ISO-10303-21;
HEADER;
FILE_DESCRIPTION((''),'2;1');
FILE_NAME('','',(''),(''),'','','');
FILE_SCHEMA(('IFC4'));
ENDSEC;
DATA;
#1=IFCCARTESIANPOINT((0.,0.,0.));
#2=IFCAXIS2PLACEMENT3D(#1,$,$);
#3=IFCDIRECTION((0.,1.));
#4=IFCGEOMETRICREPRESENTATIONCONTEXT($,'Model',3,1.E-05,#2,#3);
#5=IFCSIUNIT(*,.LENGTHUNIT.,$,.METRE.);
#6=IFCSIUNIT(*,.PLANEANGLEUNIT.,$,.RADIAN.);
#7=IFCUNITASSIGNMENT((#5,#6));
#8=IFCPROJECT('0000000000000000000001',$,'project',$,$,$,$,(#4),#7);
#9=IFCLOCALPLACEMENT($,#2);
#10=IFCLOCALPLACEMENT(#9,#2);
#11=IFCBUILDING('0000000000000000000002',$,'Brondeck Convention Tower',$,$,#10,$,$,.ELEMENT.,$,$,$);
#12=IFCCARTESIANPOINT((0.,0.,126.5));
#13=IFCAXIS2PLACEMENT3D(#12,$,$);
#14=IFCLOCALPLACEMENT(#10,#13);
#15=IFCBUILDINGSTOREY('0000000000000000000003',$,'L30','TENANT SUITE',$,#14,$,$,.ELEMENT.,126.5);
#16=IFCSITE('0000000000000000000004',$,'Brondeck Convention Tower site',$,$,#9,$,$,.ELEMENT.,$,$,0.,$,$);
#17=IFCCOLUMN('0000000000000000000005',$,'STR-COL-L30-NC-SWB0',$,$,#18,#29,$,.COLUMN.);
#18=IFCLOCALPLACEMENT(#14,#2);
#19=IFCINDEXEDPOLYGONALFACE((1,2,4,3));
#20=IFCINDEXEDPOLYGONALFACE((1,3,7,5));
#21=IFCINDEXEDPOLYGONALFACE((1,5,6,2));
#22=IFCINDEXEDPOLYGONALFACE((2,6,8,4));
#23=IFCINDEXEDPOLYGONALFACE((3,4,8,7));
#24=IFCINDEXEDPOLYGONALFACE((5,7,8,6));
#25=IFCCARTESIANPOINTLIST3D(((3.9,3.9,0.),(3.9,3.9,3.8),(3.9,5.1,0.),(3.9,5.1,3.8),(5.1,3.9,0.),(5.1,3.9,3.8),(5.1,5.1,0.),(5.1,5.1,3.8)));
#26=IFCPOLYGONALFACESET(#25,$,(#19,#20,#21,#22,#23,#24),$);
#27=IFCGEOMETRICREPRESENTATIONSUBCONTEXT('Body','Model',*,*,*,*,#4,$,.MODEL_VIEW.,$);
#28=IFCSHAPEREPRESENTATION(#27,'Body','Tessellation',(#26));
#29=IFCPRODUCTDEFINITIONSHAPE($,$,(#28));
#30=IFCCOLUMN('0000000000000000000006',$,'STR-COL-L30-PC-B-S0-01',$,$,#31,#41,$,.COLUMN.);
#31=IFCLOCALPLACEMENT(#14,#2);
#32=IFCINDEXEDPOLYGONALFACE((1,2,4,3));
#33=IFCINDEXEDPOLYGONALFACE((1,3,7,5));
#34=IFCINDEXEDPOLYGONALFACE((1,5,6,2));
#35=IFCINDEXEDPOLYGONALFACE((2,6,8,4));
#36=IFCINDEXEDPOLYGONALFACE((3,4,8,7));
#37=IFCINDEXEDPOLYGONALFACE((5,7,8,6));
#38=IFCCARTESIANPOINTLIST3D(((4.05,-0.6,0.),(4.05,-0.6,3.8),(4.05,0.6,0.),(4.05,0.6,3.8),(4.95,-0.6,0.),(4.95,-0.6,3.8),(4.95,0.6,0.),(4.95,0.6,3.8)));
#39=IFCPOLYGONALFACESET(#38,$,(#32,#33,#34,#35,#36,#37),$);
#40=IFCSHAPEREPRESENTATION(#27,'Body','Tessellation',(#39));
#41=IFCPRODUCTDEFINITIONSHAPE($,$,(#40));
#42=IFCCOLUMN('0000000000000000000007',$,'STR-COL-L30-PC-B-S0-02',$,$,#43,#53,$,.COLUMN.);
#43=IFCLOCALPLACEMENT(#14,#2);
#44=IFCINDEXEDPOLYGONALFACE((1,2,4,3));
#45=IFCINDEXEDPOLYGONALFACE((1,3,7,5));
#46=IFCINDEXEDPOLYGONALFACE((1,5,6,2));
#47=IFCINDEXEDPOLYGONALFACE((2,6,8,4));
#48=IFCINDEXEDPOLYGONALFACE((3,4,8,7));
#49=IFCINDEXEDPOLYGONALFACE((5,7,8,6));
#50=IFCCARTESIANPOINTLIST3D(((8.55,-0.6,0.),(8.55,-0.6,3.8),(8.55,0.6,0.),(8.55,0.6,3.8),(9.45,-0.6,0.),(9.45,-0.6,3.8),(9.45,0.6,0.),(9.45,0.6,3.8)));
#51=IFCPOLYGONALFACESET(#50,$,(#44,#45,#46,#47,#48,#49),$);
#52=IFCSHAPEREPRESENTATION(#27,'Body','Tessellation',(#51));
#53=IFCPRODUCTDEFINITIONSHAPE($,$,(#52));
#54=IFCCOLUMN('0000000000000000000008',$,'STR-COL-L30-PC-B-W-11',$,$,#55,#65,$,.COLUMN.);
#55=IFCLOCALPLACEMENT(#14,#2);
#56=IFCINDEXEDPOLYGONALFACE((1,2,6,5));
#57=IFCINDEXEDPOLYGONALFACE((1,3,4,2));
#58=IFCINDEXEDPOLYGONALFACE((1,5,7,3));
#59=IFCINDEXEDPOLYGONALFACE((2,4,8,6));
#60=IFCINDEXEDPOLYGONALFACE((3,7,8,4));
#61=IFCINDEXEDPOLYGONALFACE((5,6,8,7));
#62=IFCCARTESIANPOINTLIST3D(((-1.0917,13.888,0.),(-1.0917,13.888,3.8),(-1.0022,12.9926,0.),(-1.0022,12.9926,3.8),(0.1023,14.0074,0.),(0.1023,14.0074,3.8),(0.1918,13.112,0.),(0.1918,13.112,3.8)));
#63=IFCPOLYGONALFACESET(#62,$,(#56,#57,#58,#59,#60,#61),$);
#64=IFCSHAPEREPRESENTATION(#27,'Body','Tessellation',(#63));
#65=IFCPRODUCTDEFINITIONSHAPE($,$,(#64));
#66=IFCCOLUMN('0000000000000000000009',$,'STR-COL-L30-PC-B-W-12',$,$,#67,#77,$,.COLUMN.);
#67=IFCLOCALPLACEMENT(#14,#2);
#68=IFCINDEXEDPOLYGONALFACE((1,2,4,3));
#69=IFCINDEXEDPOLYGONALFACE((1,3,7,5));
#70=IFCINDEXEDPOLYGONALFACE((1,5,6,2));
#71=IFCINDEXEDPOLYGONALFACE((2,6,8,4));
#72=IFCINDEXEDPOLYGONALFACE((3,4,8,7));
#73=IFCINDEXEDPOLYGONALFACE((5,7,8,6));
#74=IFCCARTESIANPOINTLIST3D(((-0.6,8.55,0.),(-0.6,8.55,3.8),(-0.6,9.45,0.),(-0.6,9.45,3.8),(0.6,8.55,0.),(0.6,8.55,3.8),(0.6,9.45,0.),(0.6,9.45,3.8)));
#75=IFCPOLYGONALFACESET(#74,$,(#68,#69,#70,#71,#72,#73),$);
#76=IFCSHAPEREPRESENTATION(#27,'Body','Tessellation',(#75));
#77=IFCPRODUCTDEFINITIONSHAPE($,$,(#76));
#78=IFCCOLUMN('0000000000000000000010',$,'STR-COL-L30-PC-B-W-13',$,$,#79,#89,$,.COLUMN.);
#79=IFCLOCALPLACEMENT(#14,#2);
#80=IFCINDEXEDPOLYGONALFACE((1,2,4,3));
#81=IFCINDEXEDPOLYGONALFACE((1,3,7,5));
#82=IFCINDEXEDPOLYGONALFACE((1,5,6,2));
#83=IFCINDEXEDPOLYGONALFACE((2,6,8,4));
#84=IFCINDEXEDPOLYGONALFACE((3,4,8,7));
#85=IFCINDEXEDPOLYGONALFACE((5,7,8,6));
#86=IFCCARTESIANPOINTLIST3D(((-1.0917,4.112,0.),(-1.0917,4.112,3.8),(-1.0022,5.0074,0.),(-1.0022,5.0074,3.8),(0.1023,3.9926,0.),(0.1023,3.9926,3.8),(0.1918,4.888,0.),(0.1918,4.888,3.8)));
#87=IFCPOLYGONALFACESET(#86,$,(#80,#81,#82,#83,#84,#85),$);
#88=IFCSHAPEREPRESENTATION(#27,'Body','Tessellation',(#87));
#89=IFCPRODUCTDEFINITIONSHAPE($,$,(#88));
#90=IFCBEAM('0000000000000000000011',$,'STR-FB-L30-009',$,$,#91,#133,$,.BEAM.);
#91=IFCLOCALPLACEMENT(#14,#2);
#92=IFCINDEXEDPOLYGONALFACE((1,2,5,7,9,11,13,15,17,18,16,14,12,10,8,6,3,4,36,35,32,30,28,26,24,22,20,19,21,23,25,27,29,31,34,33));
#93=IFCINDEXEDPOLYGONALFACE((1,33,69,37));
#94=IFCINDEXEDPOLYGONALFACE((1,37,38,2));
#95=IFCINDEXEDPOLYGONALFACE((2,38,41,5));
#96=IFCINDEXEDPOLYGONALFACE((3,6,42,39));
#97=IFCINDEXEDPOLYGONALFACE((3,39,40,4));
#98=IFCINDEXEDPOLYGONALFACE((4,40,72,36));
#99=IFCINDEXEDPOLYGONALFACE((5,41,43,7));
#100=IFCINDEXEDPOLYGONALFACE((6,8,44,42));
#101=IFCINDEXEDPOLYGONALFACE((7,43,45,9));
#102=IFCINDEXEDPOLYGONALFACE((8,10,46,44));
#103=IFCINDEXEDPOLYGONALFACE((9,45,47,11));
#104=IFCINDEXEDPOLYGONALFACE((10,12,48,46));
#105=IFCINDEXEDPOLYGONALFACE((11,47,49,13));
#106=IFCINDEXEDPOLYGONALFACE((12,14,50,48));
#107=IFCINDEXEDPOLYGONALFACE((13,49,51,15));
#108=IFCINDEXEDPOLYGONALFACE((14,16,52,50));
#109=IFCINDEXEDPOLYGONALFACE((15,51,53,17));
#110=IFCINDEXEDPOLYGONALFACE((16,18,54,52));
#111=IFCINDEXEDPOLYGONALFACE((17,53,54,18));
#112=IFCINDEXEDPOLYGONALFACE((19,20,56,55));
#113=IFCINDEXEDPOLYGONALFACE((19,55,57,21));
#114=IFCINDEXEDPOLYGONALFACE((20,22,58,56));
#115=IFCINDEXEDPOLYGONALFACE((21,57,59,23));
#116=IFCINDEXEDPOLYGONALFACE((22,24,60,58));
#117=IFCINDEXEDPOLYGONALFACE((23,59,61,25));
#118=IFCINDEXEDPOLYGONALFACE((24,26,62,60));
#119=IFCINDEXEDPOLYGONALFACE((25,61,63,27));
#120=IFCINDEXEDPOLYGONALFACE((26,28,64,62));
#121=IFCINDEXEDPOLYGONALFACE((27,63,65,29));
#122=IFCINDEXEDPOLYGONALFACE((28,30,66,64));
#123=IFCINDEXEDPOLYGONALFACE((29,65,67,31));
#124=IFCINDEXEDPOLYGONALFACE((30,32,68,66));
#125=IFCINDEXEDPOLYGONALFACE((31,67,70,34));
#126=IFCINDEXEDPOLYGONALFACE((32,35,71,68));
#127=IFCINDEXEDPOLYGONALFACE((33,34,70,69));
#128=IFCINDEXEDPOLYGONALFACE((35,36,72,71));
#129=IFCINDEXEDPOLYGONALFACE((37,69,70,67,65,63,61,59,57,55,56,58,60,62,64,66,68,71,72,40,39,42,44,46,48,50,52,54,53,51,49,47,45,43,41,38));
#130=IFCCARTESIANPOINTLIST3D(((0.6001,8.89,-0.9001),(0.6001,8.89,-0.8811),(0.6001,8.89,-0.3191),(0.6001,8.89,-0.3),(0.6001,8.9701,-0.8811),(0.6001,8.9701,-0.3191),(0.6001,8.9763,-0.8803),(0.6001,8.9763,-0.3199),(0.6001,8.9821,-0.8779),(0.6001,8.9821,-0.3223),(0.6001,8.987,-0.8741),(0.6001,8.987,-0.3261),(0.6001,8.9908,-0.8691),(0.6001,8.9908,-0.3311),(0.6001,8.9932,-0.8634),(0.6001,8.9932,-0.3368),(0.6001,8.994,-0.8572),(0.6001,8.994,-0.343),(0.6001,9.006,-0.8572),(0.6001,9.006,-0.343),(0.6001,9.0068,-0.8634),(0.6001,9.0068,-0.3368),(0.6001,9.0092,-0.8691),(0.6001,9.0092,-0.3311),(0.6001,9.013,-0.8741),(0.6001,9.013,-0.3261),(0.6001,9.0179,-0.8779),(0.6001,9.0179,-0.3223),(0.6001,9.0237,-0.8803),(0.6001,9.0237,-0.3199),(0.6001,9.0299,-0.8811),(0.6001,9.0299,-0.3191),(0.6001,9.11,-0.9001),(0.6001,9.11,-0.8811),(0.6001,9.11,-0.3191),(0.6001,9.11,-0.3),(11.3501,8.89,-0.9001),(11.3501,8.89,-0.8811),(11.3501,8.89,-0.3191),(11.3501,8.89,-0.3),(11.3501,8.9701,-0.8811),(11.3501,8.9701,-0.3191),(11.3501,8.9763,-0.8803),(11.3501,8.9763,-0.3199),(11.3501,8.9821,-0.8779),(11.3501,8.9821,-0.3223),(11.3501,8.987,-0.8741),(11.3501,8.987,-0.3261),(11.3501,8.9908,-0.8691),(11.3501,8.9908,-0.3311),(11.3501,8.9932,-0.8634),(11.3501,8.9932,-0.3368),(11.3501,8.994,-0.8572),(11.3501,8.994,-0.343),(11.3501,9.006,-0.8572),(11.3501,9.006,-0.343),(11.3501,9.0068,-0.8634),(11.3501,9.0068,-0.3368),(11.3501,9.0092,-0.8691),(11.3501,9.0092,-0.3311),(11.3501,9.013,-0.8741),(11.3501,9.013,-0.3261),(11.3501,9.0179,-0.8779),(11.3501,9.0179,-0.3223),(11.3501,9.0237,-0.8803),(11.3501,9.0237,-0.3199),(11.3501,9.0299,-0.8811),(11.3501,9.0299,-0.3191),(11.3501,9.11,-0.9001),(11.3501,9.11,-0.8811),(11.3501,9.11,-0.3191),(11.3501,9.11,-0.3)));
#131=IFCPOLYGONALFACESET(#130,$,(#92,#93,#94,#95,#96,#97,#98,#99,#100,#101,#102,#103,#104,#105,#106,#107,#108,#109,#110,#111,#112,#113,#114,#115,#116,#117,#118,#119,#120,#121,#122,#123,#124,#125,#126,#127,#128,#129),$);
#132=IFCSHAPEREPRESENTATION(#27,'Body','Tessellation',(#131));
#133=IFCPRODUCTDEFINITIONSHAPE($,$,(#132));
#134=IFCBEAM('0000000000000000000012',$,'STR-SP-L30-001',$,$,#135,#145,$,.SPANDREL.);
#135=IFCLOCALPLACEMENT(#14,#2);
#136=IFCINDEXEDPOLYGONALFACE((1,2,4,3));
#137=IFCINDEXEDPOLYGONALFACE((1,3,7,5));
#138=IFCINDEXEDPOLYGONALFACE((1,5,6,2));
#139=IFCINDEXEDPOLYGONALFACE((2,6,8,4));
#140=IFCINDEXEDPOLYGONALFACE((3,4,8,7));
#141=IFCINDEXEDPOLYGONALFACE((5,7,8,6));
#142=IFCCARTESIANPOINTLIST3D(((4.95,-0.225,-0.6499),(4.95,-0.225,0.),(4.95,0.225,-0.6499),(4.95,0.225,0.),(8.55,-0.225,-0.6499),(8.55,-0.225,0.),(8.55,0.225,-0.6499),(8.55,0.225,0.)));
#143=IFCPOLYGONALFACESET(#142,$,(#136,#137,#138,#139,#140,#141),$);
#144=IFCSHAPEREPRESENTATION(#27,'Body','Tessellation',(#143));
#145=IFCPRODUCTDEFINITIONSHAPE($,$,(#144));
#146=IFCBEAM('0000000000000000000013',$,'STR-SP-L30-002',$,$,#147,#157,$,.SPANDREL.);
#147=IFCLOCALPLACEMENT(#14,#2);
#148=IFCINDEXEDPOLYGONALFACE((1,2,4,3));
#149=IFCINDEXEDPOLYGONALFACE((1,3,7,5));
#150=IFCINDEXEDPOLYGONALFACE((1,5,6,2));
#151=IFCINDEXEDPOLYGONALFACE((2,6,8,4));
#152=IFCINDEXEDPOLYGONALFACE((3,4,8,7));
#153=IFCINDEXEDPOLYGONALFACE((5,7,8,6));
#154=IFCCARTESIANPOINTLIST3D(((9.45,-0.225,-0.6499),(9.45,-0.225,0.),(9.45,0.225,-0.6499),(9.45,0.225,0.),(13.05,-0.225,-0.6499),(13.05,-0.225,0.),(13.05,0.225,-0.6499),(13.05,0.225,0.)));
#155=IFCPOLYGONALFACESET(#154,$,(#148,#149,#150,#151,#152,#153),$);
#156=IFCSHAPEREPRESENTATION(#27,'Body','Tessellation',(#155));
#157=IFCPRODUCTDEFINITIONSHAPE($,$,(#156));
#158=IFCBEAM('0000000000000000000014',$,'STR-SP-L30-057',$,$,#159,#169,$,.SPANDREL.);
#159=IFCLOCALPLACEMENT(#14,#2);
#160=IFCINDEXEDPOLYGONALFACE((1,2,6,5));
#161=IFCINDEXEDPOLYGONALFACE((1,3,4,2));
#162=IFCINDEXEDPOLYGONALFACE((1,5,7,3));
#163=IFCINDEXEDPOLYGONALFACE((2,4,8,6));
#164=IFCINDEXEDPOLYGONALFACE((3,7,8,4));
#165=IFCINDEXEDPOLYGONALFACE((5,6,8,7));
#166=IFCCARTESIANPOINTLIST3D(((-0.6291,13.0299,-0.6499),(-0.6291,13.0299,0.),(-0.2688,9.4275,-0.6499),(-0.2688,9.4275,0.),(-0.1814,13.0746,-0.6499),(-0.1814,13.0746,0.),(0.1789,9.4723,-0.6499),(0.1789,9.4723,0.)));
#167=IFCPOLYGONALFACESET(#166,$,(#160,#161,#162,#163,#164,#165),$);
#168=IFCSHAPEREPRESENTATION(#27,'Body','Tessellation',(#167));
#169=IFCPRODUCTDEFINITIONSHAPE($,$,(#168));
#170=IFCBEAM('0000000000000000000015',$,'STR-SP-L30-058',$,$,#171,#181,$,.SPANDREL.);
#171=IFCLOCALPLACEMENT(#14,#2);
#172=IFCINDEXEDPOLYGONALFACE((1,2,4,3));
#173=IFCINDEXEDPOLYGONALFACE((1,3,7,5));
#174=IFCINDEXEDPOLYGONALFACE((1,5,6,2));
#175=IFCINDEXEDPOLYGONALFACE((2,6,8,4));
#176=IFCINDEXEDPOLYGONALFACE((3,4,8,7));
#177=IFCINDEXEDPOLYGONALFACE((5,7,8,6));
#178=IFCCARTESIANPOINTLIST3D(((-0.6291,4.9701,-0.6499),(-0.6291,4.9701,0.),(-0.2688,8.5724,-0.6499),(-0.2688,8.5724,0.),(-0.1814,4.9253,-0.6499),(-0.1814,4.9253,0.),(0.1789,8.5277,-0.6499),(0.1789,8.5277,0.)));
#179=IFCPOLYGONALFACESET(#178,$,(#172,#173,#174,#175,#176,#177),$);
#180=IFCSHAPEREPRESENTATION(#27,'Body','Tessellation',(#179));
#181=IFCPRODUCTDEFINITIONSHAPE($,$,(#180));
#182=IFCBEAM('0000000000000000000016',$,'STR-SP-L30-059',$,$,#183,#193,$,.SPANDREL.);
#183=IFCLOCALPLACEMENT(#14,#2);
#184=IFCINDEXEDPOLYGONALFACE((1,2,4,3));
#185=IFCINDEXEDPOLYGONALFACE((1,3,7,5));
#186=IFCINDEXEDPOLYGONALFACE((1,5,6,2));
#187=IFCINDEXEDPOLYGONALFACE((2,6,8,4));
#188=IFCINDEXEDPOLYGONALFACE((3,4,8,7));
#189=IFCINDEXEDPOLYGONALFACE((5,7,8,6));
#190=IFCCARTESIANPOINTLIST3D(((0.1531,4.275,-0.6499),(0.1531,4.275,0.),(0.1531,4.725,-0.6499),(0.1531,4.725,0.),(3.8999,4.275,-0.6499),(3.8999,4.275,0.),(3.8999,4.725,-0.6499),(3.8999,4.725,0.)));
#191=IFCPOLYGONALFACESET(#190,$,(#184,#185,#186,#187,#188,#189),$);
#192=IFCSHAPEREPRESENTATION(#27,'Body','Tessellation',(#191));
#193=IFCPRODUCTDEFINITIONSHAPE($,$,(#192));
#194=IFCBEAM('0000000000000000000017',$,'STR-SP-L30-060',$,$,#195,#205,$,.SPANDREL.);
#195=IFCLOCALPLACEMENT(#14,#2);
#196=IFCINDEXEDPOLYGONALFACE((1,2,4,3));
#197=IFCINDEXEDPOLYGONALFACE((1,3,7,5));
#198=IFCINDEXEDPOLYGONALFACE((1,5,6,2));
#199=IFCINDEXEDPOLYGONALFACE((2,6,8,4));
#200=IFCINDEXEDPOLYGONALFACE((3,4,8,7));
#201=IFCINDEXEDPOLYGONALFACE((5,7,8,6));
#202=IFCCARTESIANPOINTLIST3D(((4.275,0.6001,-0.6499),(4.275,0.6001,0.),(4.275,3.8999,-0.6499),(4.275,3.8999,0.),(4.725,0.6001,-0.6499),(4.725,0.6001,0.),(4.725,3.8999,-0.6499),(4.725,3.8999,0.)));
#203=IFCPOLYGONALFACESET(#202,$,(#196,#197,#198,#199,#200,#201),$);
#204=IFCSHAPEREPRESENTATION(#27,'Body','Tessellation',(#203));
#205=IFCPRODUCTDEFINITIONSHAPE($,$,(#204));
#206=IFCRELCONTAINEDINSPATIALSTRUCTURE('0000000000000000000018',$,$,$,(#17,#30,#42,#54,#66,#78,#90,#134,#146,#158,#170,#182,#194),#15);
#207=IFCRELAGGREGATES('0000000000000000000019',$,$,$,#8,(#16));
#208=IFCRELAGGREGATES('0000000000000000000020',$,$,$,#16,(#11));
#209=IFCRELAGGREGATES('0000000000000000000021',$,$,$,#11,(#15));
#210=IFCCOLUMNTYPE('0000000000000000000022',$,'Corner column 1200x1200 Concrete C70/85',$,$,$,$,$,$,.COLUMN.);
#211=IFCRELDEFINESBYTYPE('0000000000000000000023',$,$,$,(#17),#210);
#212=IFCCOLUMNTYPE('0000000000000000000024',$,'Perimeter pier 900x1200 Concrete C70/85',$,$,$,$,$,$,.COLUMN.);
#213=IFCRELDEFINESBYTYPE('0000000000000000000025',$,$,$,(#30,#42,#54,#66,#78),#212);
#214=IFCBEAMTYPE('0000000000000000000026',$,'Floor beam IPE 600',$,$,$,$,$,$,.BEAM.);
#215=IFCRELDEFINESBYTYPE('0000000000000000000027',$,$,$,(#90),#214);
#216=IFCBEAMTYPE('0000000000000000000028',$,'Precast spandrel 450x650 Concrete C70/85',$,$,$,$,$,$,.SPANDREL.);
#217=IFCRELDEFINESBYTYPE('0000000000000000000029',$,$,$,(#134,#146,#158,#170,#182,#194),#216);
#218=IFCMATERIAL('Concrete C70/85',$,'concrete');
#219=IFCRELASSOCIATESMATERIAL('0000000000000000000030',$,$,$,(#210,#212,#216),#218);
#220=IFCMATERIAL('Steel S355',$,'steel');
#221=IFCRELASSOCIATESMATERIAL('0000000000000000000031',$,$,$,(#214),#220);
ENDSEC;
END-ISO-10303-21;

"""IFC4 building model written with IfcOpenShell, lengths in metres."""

from ifc_helpers import new_model, si_unit, direction, frame, origin, origin_2d, place, context, subcontext, project, spatial, rectangle, i_section, extrude, material, material_profile, profile_set, type_object, element, save


model = new_model("IFC4")

# Units and contexts
model_context = context("Model", 3, precision=1e-05, world=origin(), true_north=direction((0.0, 1.0)))
body_context = subcontext(model_context, "Body", "Model", "MODEL_VIEW")
ifc_project = project(units=[si_unit("LENGTHUNIT", "METRE"), si_unit("PLANEANGLEUNIT", "RADIAN")], contexts=[model_context])

# Site, building, storey
site_placement = place(None, origin())
site = spatial("IfcSite", under=ifc_project, at=site_placement, Name="Brondeck Convention Tower site", CompositionType="ELEMENT", RefElevation=0.0)
building_placement = place(site_placement, origin())
building = spatial("IfcBuilding", under=site, at=building_placement, Name="Brondeck Convention Tower", CompositionType="ELEMENT")
storey_placement = place(building_placement, frame((0.0, 0.0, 126.5)))
storey = spatial("IfcBuildingStorey", under=building, at=storey_placement, Name="L30", Description="TENANT SUITE", CompositionType="ELEMENT", Elevation=126.5)

# Columns
ifc_material_1 = material(Name="Concrete C70/85", Category="concrete")
ifc_material_profile_1 = material_profile(ifc_material_1, rectangle(XDim=1.2, YDim=1.2, at=origin_2d()), Name="Corner column 1200x1200 Concrete C70/85")
ifc_profile_set_1 = profile_set([ifc_material_profile_1], Name="Concrete C70/85")
column_type_1 = type_object("IfcColumnType", Name="Corner column 1200x1200 Concrete C70/85", PredefinedType="COLUMN", material=ifc_profile_set_1)
column_placement = place(storey_placement, frame((4.5, 4.5, 0.0), z_axis=(0.0, 0.0, 1.0), x_axis=(1.0, 0.0, 0.0)))
element("IfcColumn", 1, at=column_placement, inside=storey, type_object=column_type_1, Name="STR-COL-L30-NC-SWB0", PredefinedType="COLUMN", context=body_context, shape_type="SweptSolid", body=[
    extrude(rectangle(XDim=1.2, YDim=1.2, at=origin_2d()), origin(), (0.0, 0.0, 1.0), 3.8),
])
ifc_material_profile_2 = material_profile(ifc_material_1, rectangle(XDim=0.8999, YDim=1.2, at=origin_2d()), Name="Perimeter pier 900x1200 Concrete C70/85")
ifc_profile_set_2 = profile_set([ifc_material_profile_2], Name="Concrete C70/85")
column_type_2 = type_object("IfcColumnType", Name="Perimeter pier 900x1200 Concrete C70/85", PredefinedType="COLUMN", material=ifc_profile_set_2)
for number, where, z_axis, x_axis, name in (
    (2, (4.5, 0.0, 0.0), (0.0, 0.0, 1.0), (1.0, 0.0, 0.0), "STR-COL-L30-PC-B-S0-01"),
    (3, (9.0, 0.0, 0.0), (0.0, 0.0, 1.0), (1.0, 0.0, 0.0), "STR-COL-L30-PC-B-S0-02"),
    (4, (-0.45, 13.5, 0.0), (0.0, 0.0, 1.0), (0.099504, -0.995037, 0.0), "STR-COL-L30-PC-B-W-11"),
    (5, (0.0, 9.0, 0.0), (0.0, 0.0, 1.0), (0.0, -1.0, 0.0), "STR-COL-L30-PC-B-W-12"),
    (6, (-0.45, 4.5, 0.0), (0.0, 0.0, 1.0), (-0.099504, -0.995037, 0.0), "STR-COL-L30-PC-B-W-13"),
):
    element("IfcColumn", number, at=place(storey_placement, frame(where, z_axis=z_axis, x_axis=x_axis)), inside=storey, type_object=column_type_2, Name=name, PredefinedType="COLUMN", context=body_context, shape_type="SweptSolid", body=[
        extrude(rectangle(XDim=0.8999, YDim=1.2, at=origin_2d()), origin(), (0.0, 0.0, 1.0), 3.8),
    ])

# Beams
ifc_material_2 = material(Name="Steel S355", Category="steel")
ifc_material_profile_3 = material_profile(ifc_material_2, i_section(OverallWidth=0.22, OverallDepth=0.6001, WebThickness=0.012, FlangeThickness=0.019, FilletRadius=0.0239, at=origin_2d()), Name="IPE 600")
ifc_profile_set_3 = profile_set([ifc_material_profile_3], Name="Steel S355")
beam_type_1 = type_object("IfcBeamType", Name="Floor beam IPE 600", PredefinedType="BEAM", material=ifc_profile_set_3)
beam_1_placement = place(storey_placement, frame((0.6001, 9.0, -0.6001), z_axis=(1.0, 0.0, 0.0), x_axis=(0.0, 1.0, 0.0)))
element("IfcBeam", 7, at=beam_1_placement, inside=storey, type_object=beam_type_1, Name="STR-FB-L30-009", PredefinedType="BEAM", context=body_context, shape_type="SweptSolid", body=[
    extrude(i_section(OverallWidth=0.22, OverallDepth=0.6001, WebThickness=0.012, FlangeThickness=0.019, FilletRadius=0.0239, at=origin_2d()), origin(), (0.0, 0.0, 1.0), 10.75),
])
ifc_material_profile_4 = material_profile(ifc_material_1, rectangle(XDim=0.45, YDim=0.6499, at=origin_2d()), Name="Precast spandrel 450x650 Concrete C70/85")
ifc_profile_set_4 = profile_set([ifc_material_profile_4], Name="Concrete C70/85")
beam_type_2 = type_object("IfcBeamType", Name="Precast spandrel 450x650 Concrete C70/85", PredefinedType="SPANDREL", material=ifc_profile_set_4)
for number, where, z_axis, x_axis, name in (
    (8, (4.95, 0.0, -0.325), (1.0, 0.0, 0.0), (0.0, 1.0, 0.0), "STR-SP-L30-001"),
    (9, (9.45, 0.0, -0.325), (1.0, 0.0, 0.0), (0.0, 1.0, 0.0), "STR-SP-L30-002"),
):
    element("IfcBeam", number, at=place(storey_placement, frame(where, z_axis=z_axis, x_axis=x_axis)), inside=storey, type_object=beam_type_2, Name=name, PredefinedType="SPANDREL", context=body_context, shape_type="SweptSolid", body=[
        extrude(rectangle(XDim=0.45, YDim=0.6499, at=origin_2d()), origin(), (0.0, 0.0, 1.0), 3.6001),
    ])
for number, where, z_axis, x_axis, name in (
    (10, (-0.4053, 13.0522, -0.325), (0.099537, -0.995034, 0.0), (0.995034, 0.099537, 0.0), "STR-SP-L30-057"),
    (11, (-0.0449, 8.55, -0.325), (-0.099537, -0.995034, 0.0), (0.995034, -0.099537, 0.0), "STR-SP-L30-058"),
):
    element("IfcBeam", number, at=place(storey_placement, frame(where, z_axis=z_axis, x_axis=x_axis)), inside=storey, type_object=beam_type_2, Name=name, PredefinedType="SPANDREL", context=body_context, shape_type="SweptSolid", body=[
        extrude(rectangle(XDim=0.45, YDim=0.6499, at=origin_2d()), origin(), (0.0, 0.0, 1.0), 3.6204),
    ])
beam_2_placement = place(storey_placement, frame((0.1531, 4.5, -0.325), z_axis=(1.0, 0.0, 0.0), x_axis=(0.0, 1.0, 0.0)))
element("IfcBeam", 12, at=beam_2_placement, inside=storey, type_object=beam_type_2, Name="STR-SP-L30-059", PredefinedType="SPANDREL", context=body_context, shape_type="SweptSolid", body=[
    extrude(rectangle(XDim=0.45, YDim=0.6499, at=origin_2d()), origin(), (0.0, 0.0, 1.0), 3.7468),
])
beam_3_placement = place(storey_placement, frame((4.5, 3.8999, -0.325), z_axis=(0.0, -1.0, 0.0), x_axis=(1.0, 0.0, 0.0)))
element("IfcBeam", 13, at=beam_3_placement, inside=storey, type_object=beam_type_2, Name="STR-SP-L30-060", PredefinedType="SPANDREL", context=body_context, shape_type="SweptSolid", body=[
    extrude(rectangle(XDim=0.45, YDim=0.6499, at=origin_2d()), origin(), (0.0, 0.0, 1.0), 3.2998),
])

save(model, "model.ifc")
